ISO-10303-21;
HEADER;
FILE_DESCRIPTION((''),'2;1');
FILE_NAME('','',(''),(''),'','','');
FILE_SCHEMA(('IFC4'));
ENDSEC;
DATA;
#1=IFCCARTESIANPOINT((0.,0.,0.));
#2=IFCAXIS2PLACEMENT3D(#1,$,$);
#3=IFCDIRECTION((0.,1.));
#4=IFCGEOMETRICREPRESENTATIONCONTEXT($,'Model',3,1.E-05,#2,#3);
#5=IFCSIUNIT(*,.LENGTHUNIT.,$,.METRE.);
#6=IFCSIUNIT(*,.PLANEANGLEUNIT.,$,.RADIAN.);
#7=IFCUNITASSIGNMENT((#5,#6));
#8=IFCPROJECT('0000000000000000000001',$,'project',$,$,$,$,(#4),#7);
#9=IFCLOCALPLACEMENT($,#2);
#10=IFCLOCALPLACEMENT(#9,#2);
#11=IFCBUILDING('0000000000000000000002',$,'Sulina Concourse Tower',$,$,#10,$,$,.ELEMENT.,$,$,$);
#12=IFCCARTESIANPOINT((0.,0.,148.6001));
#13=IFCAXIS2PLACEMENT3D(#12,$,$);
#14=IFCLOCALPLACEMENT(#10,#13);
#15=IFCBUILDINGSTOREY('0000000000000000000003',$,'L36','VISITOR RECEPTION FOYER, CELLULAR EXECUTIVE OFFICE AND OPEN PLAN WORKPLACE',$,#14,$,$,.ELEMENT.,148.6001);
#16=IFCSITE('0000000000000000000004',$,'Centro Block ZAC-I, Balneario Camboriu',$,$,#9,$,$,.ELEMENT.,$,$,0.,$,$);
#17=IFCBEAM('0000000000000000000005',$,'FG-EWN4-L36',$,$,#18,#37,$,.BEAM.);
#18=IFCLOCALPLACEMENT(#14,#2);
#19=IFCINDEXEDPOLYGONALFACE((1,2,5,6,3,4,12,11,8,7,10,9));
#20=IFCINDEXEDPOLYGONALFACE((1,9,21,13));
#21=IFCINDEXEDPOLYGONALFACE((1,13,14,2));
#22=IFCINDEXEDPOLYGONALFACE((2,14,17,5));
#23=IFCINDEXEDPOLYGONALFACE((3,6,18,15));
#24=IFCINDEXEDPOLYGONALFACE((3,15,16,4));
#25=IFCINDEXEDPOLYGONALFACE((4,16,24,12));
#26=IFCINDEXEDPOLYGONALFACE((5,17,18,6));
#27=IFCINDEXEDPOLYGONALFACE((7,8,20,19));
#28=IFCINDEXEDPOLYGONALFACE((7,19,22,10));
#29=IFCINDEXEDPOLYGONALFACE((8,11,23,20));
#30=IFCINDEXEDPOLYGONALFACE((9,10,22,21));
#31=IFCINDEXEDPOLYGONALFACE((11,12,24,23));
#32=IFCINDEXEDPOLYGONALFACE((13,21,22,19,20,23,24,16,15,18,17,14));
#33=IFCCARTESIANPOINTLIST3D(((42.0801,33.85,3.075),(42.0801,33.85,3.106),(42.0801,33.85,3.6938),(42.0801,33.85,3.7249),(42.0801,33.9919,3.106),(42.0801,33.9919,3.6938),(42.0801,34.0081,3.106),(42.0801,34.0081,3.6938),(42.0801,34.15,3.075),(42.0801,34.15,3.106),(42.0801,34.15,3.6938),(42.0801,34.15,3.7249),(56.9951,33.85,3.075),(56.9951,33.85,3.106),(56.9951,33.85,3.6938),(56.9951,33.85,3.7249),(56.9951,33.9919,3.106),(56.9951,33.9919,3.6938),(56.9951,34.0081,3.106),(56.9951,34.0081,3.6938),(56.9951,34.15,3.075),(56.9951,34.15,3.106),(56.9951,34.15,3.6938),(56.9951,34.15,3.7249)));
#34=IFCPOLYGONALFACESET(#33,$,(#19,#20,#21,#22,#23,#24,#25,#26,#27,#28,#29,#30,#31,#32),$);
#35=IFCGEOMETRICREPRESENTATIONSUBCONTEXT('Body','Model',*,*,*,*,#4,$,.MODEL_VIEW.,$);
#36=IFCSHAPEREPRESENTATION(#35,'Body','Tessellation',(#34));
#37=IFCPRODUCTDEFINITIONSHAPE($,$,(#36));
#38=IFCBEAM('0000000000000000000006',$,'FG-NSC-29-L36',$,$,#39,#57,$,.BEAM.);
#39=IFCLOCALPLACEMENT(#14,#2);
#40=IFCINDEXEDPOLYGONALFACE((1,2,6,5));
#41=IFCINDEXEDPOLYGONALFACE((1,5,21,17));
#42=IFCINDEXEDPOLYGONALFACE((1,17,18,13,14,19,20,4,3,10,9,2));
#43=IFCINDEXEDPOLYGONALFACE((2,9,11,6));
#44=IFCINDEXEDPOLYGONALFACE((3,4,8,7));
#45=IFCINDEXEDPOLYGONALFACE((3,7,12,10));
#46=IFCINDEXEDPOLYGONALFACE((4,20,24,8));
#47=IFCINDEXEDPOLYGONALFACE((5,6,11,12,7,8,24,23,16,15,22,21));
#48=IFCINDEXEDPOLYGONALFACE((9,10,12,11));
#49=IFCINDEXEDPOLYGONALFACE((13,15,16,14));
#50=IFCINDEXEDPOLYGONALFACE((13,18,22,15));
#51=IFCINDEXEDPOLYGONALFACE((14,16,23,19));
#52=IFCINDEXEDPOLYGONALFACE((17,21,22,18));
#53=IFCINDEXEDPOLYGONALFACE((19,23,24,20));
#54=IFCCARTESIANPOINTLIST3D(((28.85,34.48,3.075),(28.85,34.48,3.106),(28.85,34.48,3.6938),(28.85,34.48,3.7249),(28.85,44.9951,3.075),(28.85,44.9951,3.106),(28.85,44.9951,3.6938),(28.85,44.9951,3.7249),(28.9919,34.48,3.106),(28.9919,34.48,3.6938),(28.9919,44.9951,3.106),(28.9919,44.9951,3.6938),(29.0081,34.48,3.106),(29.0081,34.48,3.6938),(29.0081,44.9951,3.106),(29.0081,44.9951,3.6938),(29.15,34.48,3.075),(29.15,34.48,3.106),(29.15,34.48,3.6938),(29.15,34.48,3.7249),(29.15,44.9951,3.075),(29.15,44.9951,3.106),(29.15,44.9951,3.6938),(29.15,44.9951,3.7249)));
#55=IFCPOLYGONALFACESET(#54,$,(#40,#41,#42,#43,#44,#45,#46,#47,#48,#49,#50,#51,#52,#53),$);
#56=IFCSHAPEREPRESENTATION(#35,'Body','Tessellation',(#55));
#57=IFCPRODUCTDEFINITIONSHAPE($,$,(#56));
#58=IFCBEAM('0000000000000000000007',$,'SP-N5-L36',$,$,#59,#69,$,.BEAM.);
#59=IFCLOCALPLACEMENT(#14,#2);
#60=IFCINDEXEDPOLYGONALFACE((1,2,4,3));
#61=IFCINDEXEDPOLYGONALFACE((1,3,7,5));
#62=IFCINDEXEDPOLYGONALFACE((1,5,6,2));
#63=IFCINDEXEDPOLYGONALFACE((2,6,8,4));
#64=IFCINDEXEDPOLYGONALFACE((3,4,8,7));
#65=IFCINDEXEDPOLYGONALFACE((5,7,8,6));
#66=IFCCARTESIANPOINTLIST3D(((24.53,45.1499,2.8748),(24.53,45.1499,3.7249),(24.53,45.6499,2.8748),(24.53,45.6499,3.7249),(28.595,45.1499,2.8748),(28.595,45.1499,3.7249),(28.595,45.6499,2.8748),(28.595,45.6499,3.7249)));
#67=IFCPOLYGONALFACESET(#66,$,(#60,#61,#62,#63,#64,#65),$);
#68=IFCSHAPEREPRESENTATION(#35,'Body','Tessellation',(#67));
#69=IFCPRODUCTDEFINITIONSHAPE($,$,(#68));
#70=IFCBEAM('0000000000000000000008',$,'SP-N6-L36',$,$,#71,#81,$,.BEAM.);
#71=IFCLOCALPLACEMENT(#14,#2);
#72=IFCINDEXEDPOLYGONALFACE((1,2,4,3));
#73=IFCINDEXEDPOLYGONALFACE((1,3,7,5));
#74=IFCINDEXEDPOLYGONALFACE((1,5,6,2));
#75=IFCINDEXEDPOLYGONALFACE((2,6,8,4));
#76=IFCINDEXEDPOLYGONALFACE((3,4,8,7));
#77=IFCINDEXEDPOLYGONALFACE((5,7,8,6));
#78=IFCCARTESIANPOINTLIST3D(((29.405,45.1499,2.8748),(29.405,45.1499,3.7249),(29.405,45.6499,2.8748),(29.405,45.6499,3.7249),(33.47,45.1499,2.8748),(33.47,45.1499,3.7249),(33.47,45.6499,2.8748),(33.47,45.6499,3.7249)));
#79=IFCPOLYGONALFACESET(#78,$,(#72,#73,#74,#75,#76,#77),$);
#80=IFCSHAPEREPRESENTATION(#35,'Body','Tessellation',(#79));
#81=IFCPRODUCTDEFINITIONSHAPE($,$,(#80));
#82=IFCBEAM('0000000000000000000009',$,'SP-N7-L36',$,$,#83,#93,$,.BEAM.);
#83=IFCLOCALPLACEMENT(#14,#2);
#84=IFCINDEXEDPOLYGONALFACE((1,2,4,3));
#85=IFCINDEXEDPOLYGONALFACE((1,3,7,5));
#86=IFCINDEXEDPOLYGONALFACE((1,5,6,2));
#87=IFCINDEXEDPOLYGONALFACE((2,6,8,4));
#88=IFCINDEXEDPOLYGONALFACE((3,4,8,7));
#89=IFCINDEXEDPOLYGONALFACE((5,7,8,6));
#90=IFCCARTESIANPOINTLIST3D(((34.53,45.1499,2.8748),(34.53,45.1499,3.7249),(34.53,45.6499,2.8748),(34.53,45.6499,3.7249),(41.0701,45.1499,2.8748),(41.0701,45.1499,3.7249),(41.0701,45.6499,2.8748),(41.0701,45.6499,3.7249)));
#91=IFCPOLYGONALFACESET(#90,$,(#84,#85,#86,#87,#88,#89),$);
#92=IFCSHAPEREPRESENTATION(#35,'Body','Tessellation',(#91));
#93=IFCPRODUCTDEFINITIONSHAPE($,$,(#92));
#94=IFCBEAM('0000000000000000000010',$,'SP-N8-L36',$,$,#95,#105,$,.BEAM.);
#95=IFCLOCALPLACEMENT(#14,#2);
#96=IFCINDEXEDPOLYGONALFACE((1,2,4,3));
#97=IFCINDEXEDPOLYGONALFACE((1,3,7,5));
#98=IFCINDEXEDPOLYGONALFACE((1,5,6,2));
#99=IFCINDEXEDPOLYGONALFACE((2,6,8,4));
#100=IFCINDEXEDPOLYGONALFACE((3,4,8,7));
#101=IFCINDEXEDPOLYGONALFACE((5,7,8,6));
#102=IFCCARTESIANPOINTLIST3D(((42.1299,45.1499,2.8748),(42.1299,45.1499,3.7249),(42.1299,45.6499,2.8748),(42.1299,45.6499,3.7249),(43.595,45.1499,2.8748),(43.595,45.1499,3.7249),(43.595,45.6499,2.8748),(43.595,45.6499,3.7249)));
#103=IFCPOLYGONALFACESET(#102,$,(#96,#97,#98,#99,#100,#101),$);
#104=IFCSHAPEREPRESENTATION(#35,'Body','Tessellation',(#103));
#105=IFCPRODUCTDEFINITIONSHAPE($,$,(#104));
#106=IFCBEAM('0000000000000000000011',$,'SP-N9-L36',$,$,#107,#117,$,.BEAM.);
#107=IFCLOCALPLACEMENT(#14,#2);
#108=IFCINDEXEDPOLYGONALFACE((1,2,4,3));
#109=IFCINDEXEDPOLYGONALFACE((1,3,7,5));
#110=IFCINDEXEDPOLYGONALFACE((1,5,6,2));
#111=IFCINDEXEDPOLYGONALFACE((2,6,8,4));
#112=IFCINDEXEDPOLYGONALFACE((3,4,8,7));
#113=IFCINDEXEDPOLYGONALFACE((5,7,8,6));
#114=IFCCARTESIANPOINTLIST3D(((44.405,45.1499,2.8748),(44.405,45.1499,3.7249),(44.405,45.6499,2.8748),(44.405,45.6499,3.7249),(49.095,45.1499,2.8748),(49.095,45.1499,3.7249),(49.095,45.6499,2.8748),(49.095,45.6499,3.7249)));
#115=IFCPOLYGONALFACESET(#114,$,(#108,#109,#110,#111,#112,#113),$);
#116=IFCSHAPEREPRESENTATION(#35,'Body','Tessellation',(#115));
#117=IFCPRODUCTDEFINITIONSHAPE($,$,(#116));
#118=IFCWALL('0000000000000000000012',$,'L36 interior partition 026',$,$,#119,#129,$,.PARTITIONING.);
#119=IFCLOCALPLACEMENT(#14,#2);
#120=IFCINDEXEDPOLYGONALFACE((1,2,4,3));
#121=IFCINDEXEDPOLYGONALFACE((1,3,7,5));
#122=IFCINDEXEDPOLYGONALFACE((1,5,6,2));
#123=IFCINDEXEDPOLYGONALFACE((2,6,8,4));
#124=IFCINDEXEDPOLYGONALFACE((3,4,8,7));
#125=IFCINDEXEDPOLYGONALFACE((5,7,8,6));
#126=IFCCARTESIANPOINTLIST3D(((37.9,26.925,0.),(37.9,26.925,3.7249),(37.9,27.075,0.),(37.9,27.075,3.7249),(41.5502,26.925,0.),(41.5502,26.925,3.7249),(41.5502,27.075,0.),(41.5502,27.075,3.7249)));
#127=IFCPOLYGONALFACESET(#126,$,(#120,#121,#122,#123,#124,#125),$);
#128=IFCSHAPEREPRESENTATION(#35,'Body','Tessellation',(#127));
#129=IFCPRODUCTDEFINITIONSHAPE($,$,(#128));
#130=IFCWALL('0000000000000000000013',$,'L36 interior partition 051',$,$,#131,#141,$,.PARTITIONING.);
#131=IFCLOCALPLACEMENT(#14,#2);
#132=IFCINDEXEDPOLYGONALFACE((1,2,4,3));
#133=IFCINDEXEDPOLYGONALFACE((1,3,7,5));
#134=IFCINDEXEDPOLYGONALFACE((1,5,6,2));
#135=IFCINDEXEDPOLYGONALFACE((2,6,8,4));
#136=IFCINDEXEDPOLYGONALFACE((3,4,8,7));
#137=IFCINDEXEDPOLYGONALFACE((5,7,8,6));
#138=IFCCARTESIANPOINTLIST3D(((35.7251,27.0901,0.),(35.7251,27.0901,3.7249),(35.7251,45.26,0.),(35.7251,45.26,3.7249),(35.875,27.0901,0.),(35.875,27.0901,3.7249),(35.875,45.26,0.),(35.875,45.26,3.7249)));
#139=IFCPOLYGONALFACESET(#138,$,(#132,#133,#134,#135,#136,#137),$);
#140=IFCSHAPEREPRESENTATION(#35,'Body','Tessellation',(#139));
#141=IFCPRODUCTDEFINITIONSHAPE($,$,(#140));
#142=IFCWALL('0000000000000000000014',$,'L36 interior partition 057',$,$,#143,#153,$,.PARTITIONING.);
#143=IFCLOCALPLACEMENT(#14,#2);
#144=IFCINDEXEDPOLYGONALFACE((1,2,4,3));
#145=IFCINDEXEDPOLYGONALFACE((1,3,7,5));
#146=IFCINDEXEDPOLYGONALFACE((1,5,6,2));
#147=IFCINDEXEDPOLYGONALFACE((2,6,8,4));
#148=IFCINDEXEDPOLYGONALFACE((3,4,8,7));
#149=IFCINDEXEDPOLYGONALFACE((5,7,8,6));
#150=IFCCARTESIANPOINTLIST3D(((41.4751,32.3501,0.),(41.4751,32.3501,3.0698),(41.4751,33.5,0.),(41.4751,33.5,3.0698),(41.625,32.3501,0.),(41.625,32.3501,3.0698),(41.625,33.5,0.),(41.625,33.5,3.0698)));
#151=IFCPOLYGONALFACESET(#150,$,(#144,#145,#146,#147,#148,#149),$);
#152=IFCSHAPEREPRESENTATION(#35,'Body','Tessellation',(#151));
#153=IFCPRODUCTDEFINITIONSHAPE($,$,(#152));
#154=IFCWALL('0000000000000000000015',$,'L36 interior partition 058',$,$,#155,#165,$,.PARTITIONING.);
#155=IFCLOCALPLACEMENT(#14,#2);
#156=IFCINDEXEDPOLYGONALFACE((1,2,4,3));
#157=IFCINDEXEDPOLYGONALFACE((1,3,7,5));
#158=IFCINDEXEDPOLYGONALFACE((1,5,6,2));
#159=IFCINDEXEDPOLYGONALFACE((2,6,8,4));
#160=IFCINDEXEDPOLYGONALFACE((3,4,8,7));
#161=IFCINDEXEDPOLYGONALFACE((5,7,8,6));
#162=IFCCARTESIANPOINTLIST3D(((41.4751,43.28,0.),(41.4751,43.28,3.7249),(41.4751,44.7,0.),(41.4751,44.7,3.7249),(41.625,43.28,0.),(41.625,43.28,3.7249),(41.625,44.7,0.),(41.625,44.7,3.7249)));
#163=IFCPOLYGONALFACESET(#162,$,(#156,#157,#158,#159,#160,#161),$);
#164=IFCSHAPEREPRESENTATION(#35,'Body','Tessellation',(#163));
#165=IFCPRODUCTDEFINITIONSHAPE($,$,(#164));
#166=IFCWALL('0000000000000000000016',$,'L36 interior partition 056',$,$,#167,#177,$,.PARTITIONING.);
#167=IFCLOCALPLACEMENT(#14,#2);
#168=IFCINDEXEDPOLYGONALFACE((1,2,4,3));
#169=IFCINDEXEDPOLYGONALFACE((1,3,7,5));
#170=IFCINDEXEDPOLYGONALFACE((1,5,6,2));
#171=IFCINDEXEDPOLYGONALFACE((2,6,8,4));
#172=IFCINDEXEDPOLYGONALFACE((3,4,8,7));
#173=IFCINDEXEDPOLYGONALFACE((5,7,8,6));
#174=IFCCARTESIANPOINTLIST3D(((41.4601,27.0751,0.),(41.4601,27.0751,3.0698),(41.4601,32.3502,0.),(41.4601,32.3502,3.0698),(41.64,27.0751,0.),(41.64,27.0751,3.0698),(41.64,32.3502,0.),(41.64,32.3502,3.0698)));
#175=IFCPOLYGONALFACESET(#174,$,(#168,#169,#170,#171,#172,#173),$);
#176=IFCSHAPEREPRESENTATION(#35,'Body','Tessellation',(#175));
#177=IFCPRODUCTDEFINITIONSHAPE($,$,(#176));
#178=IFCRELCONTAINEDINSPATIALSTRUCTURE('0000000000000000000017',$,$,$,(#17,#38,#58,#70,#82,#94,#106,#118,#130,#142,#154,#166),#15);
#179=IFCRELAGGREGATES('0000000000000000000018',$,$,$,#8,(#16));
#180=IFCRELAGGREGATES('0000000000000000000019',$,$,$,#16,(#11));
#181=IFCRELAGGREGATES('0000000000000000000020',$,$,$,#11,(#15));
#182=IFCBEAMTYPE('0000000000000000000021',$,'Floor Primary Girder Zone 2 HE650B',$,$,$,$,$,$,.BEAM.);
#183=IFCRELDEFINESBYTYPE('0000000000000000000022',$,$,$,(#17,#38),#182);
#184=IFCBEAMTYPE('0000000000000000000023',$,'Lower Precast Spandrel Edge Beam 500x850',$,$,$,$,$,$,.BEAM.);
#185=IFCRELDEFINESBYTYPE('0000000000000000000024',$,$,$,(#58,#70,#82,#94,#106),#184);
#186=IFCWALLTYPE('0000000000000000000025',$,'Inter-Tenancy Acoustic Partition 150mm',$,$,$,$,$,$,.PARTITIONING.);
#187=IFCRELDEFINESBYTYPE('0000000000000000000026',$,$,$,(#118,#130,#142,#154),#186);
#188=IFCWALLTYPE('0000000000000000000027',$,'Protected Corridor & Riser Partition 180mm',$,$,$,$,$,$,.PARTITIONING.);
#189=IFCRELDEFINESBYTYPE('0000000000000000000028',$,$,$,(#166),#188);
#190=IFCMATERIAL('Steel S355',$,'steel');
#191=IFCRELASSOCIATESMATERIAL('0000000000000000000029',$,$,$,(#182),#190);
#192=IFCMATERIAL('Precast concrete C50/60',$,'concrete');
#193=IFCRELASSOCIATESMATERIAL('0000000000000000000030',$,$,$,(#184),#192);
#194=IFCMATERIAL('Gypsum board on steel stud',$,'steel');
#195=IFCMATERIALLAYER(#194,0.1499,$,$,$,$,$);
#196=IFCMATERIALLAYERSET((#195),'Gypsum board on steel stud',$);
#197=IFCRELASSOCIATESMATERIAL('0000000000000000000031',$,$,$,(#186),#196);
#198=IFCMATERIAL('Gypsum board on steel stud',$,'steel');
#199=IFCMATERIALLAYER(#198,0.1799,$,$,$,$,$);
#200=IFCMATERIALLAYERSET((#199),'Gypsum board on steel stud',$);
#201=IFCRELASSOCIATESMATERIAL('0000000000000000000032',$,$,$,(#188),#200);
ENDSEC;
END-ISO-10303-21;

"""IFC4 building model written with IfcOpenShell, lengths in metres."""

from ifc_helpers import new_model, si_unit, direction, frame, frame_2d, origin, origin_2d, place, context, subcontext, project, spatial, rectangle, i_section, extrude, material, layer, layer_set, material_profile, profile_set, type_object, element, save


model = new_model("IFC4")

# Units and contexts
model_context = context("Model", 3, precision=1e-05, world=origin(), true_north=direction((0.0, 1.0)))
body_context = subcontext(model_context, "Body", "Model", "MODEL_VIEW")
ifc_project = project(units=[si_unit("LENGTHUNIT", "METRE"), si_unit("PLANEANGLEUNIT", "RADIAN")], contexts=[model_context])

# Site, building, storey
site_placement = place(None, origin())
site = spatial("IfcSite", under=ifc_project, at=site_placement, Name="Centro Block ZAC-I, Balneario Camboriu", CompositionType="ELEMENT", RefElevation=0.0)
building_placement = place(site_placement, origin())
building = spatial("IfcBuilding", under=site, at=building_placement, Name="Sulina Concourse Tower", CompositionType="ELEMENT")
storey_placement = place(building_placement, frame((0.0, 0.0, 148.6001)))
storey = spatial("IfcBuildingStorey", under=building, at=storey_placement, Name="L36", Description="VISITOR RECEPTION FOYER, CELLULAR EXECUTIVE OFFICE AND OPEN PLAN WORKPLACE", CompositionType="ELEMENT", Elevation=148.6001)

# Beams
ifc_material_1 = material(Name="Steel S355", Category="steel")
ifc_material_profile_1 = material_profile(ifc_material_1, i_section(OverallWidth=0.3, OverallDepth=0.6499, WebThickness=0.0161, FlangeThickness=0.031, at=origin_2d()), Name="HE 650 B")
ifc_profile_set_1 = profile_set([ifc_material_profile_1], Name="Steel S355")
beam_type_1 = type_object("IfcBeamType", Name="Floor Primary Girder Zone 2 HE650B", PredefinedType="BEAM", material=ifc_profile_set_1)
beam_1_placement = place(storey_placement, frame((42.0801, 34.0, 3.3999), z_axis=(1.0, 0.0, 0.0), x_axis=(0.0, 1.0, 0.0)))
element("IfcBeam", 1, at=beam_1_placement, inside=storey, type_object=beam_type_1, Name="FG-EWN4-L36", PredefinedType="BEAM", context=body_context, shape_type="SweptSolid", body=[
    extrude(i_section(OverallWidth=0.3, OverallDepth=0.6499, WebThickness=0.0161, FlangeThickness=0.031, at=origin_2d()), origin(), (0.0, 0.0, 1.0), 14.915),
])
beam_2_placement = place(storey_placement, frame((29.0, 34.48, 3.3999), z_axis=(0.0, 1.0, 0.0), x_axis=(-1.0, 0.0, 0.0)))
element("IfcBeam", 2, at=beam_2_placement, inside=storey, type_object=beam_type_1, Name="FG-NSC-29-L36", PredefinedType="BEAM", context=body_context, shape_type="SweptSolid", body=[
    extrude(i_section(OverallWidth=0.3, OverallDepth=0.6499, WebThickness=0.0161, FlangeThickness=0.031, at=origin_2d()), origin(), (0.0, 0.0, 1.0), 10.5151),
])
ifc_material_2 = material(Name="Precast concrete C50/60", Category="concrete")
ifc_material_profile_2 = material_profile(ifc_material_2, rectangle(XDim=0.5, YDim=0.8501, at=origin_2d()), Name="RC 500x850")
ifc_profile_set_2 = profile_set([ifc_material_profile_2], Name="Precast concrete C50/60")
beam_type_2 = type_object("IfcBeamType", Name="Lower Precast Spandrel Edge Beam 500x850", PredefinedType="BEAM", material=ifc_profile_set_2)
for number, where, z_axis, x_axis, name in (
    (3, (24.53, 45.3999, 3.2998), (1.0, 0.0, 0.0), (0.0, 1.0, 0.0), "SP-N5-L36"),
    (4, (29.405, 45.3999, 3.2998), (1.0, 0.0, 0.0), (0.0, 1.0, 0.0), "SP-N6-L36"),
):
    element("IfcBeam", number, at=place(storey_placement, frame(where, z_axis=z_axis, x_axis=x_axis)), inside=storey, type_object=beam_type_2, Name=name, PredefinedType="BEAM", context=body_context, shape_type="SweptSolid", body=[
        extrude(rectangle(XDim=0.5, YDim=0.8501, at=origin_2d()), origin(), (0.0, 0.0, 1.0), 4.0649),
    ])
beam_3_placement = place(storey_placement, frame((34.53, 45.3999, 3.2998), z_axis=(1.0, 0.0, 0.0), x_axis=(0.0, 1.0, 0.0)))
element("IfcBeam", 5, at=beam_3_placement, inside=storey, type_object=beam_type_2, Name="SP-N7-L36", PredefinedType="BEAM", context=body_context, shape_type="SweptSolid", body=[
    extrude(rectangle(XDim=0.5, YDim=0.8501, at=origin_2d()), origin(), (0.0, 0.0, 1.0), 6.54),
])
beam_4_placement = place(storey_placement, frame((42.1299, 45.3999, 3.2998), z_axis=(1.0, 0.0, 0.0), x_axis=(0.0, 1.0, 0.0)))
element("IfcBeam", 6, at=beam_4_placement, inside=storey, type_object=beam_type_2, Name="SP-N8-L36", PredefinedType="BEAM", context=body_context, shape_type="SweptSolid", body=[
    extrude(rectangle(XDim=0.5, YDim=0.8501, at=origin_2d()), origin(), (0.0, 0.0, 1.0), 1.4651),
])
beam_5_placement = place(storey_placement, frame((44.405, 45.3999, 3.2998), z_axis=(1.0, 0.0, 0.0), x_axis=(0.0, 1.0, 0.0)))
element("IfcBeam", 7, at=beam_5_placement, inside=storey, type_object=beam_type_2, Name="SP-N9-L36", PredefinedType="BEAM", context=body_context, shape_type="SweptSolid", body=[
    extrude(rectangle(XDim=0.5, YDim=0.8501, at=origin_2d()), origin(), (0.0, 0.0, 1.0), 4.6899),
])

# Walls
ifc_material_3 = material(Name="Gypsum board on steel stud", Category="steel")
ifc_layer_1 = layer(ifc_material_3, 0.1499)
ifc_layer_set_1 = layer_set([ifc_layer_1], Name="Gypsum board on steel stud")
wall_type_1 = type_object("IfcWallType", Name="Inter-Tenancy Acoustic Partition 150mm", PredefinedType="PARTITIONING", material=ifc_layer_set_1)
wall_1_placement = place(storey_placement, frame((37.8999, 27.0, 0.0), z_axis=(0.0, 0.0, 1.0), x_axis=(1.0, 0.0, 0.0)))
element("IfcWall", 8, at=wall_1_placement, inside=storey, type_object=wall_type_1, Name="L36 interior partition 026", PredefinedType="PARTITIONING", context=body_context, shape_type="SweptSolid", body=[
    extrude(rectangle(XDim=3.6501, YDim=0.1499, at=frame_2d((1.8252, 0.0))), origin(), (0.0, 0.0, 1.0), 3.7249),
])
wall_2_placement = place(storey_placement, frame((35.8, 27.0901, 0.0), z_axis=(0.0, 0.0, 1.0), x_axis=(0.0, 1.0, 0.0)))
element("IfcWall", 9, at=wall_2_placement, inside=storey, type_object=wall_type_1, Name="L36 interior partition 051", PredefinedType="PARTITIONING", context=body_context, shape_type="SweptSolid", body=[
    extrude(rectangle(XDim=18.1699, YDim=0.1499, at=frame_2d((9.085, 0.0))), origin(), (0.0, 0.0, 1.0), 3.7249),
])
wall_3_placement = place(storey_placement, frame((41.55, 32.3501, 0.0), z_axis=(0.0, 0.0, 1.0), x_axis=(0.0, 1.0, 0.0)))
element("IfcWall", 10, at=wall_3_placement, inside=storey, type_object=wall_type_1, Name="L36 interior partition 057", PredefinedType="PARTITIONING", context=body_context, shape_type="SweptSolid", body=[
    extrude(rectangle(XDim=1.1499, YDim=0.1499, at=frame_2d((0.575, 0.0))), origin(), (0.0, 0.0, 1.0), 3.0698),
])
wall_4_placement = place(storey_placement, frame((41.55, 43.28, 0.0), z_axis=(0.0, 0.0, 1.0), x_axis=(0.0, 1.0, 0.0)))
element("IfcWall", 11, at=wall_4_placement, inside=storey, type_object=wall_type_1, Name="L36 interior partition 058", PredefinedType="PARTITIONING", context=body_context, shape_type="SweptSolid", body=[
    extrude(rectangle(XDim=1.4199, YDim=0.1499, at=frame_2d((0.71, 0.0))), origin(), (0.0, 0.0, 1.0), 3.7249),
])

# Shared definitions
ifc_material_4 = material(Name="Gypsum board on steel stud", Category="steel")
ifc_layer_2 = layer(ifc_material_4, 0.1799)
ifc_layer_set_2 = layer_set([ifc_layer_2], Name="Gypsum board on steel stud")
wall_type_2 = type_object("IfcWallType", Name="Protected Corridor & Riser Partition 180mm", PredefinedType="PARTITIONING", material=ifc_layer_set_2)

# Wall
wall_5_placement = place(storey_placement, frame((41.55, 27.075, 0.0), z_axis=(0.0, 0.0, 1.0), x_axis=(0.0, 1.0, 0.0)))
element("IfcWall", 12, at=wall_5_placement, inside=storey, type_object=wall_type_2, Name="L36 interior partition 056", PredefinedType="PARTITIONING", context=body_context, shape_type="SweptSolid", body=[
    extrude(rectangle(XDim=5.2751, YDim=0.1799, at=frame_2d((2.6377, 0.0))), origin(), (0.0, 0.0, 1.0), 3.0698),
])

save(model, "model.ifc")
